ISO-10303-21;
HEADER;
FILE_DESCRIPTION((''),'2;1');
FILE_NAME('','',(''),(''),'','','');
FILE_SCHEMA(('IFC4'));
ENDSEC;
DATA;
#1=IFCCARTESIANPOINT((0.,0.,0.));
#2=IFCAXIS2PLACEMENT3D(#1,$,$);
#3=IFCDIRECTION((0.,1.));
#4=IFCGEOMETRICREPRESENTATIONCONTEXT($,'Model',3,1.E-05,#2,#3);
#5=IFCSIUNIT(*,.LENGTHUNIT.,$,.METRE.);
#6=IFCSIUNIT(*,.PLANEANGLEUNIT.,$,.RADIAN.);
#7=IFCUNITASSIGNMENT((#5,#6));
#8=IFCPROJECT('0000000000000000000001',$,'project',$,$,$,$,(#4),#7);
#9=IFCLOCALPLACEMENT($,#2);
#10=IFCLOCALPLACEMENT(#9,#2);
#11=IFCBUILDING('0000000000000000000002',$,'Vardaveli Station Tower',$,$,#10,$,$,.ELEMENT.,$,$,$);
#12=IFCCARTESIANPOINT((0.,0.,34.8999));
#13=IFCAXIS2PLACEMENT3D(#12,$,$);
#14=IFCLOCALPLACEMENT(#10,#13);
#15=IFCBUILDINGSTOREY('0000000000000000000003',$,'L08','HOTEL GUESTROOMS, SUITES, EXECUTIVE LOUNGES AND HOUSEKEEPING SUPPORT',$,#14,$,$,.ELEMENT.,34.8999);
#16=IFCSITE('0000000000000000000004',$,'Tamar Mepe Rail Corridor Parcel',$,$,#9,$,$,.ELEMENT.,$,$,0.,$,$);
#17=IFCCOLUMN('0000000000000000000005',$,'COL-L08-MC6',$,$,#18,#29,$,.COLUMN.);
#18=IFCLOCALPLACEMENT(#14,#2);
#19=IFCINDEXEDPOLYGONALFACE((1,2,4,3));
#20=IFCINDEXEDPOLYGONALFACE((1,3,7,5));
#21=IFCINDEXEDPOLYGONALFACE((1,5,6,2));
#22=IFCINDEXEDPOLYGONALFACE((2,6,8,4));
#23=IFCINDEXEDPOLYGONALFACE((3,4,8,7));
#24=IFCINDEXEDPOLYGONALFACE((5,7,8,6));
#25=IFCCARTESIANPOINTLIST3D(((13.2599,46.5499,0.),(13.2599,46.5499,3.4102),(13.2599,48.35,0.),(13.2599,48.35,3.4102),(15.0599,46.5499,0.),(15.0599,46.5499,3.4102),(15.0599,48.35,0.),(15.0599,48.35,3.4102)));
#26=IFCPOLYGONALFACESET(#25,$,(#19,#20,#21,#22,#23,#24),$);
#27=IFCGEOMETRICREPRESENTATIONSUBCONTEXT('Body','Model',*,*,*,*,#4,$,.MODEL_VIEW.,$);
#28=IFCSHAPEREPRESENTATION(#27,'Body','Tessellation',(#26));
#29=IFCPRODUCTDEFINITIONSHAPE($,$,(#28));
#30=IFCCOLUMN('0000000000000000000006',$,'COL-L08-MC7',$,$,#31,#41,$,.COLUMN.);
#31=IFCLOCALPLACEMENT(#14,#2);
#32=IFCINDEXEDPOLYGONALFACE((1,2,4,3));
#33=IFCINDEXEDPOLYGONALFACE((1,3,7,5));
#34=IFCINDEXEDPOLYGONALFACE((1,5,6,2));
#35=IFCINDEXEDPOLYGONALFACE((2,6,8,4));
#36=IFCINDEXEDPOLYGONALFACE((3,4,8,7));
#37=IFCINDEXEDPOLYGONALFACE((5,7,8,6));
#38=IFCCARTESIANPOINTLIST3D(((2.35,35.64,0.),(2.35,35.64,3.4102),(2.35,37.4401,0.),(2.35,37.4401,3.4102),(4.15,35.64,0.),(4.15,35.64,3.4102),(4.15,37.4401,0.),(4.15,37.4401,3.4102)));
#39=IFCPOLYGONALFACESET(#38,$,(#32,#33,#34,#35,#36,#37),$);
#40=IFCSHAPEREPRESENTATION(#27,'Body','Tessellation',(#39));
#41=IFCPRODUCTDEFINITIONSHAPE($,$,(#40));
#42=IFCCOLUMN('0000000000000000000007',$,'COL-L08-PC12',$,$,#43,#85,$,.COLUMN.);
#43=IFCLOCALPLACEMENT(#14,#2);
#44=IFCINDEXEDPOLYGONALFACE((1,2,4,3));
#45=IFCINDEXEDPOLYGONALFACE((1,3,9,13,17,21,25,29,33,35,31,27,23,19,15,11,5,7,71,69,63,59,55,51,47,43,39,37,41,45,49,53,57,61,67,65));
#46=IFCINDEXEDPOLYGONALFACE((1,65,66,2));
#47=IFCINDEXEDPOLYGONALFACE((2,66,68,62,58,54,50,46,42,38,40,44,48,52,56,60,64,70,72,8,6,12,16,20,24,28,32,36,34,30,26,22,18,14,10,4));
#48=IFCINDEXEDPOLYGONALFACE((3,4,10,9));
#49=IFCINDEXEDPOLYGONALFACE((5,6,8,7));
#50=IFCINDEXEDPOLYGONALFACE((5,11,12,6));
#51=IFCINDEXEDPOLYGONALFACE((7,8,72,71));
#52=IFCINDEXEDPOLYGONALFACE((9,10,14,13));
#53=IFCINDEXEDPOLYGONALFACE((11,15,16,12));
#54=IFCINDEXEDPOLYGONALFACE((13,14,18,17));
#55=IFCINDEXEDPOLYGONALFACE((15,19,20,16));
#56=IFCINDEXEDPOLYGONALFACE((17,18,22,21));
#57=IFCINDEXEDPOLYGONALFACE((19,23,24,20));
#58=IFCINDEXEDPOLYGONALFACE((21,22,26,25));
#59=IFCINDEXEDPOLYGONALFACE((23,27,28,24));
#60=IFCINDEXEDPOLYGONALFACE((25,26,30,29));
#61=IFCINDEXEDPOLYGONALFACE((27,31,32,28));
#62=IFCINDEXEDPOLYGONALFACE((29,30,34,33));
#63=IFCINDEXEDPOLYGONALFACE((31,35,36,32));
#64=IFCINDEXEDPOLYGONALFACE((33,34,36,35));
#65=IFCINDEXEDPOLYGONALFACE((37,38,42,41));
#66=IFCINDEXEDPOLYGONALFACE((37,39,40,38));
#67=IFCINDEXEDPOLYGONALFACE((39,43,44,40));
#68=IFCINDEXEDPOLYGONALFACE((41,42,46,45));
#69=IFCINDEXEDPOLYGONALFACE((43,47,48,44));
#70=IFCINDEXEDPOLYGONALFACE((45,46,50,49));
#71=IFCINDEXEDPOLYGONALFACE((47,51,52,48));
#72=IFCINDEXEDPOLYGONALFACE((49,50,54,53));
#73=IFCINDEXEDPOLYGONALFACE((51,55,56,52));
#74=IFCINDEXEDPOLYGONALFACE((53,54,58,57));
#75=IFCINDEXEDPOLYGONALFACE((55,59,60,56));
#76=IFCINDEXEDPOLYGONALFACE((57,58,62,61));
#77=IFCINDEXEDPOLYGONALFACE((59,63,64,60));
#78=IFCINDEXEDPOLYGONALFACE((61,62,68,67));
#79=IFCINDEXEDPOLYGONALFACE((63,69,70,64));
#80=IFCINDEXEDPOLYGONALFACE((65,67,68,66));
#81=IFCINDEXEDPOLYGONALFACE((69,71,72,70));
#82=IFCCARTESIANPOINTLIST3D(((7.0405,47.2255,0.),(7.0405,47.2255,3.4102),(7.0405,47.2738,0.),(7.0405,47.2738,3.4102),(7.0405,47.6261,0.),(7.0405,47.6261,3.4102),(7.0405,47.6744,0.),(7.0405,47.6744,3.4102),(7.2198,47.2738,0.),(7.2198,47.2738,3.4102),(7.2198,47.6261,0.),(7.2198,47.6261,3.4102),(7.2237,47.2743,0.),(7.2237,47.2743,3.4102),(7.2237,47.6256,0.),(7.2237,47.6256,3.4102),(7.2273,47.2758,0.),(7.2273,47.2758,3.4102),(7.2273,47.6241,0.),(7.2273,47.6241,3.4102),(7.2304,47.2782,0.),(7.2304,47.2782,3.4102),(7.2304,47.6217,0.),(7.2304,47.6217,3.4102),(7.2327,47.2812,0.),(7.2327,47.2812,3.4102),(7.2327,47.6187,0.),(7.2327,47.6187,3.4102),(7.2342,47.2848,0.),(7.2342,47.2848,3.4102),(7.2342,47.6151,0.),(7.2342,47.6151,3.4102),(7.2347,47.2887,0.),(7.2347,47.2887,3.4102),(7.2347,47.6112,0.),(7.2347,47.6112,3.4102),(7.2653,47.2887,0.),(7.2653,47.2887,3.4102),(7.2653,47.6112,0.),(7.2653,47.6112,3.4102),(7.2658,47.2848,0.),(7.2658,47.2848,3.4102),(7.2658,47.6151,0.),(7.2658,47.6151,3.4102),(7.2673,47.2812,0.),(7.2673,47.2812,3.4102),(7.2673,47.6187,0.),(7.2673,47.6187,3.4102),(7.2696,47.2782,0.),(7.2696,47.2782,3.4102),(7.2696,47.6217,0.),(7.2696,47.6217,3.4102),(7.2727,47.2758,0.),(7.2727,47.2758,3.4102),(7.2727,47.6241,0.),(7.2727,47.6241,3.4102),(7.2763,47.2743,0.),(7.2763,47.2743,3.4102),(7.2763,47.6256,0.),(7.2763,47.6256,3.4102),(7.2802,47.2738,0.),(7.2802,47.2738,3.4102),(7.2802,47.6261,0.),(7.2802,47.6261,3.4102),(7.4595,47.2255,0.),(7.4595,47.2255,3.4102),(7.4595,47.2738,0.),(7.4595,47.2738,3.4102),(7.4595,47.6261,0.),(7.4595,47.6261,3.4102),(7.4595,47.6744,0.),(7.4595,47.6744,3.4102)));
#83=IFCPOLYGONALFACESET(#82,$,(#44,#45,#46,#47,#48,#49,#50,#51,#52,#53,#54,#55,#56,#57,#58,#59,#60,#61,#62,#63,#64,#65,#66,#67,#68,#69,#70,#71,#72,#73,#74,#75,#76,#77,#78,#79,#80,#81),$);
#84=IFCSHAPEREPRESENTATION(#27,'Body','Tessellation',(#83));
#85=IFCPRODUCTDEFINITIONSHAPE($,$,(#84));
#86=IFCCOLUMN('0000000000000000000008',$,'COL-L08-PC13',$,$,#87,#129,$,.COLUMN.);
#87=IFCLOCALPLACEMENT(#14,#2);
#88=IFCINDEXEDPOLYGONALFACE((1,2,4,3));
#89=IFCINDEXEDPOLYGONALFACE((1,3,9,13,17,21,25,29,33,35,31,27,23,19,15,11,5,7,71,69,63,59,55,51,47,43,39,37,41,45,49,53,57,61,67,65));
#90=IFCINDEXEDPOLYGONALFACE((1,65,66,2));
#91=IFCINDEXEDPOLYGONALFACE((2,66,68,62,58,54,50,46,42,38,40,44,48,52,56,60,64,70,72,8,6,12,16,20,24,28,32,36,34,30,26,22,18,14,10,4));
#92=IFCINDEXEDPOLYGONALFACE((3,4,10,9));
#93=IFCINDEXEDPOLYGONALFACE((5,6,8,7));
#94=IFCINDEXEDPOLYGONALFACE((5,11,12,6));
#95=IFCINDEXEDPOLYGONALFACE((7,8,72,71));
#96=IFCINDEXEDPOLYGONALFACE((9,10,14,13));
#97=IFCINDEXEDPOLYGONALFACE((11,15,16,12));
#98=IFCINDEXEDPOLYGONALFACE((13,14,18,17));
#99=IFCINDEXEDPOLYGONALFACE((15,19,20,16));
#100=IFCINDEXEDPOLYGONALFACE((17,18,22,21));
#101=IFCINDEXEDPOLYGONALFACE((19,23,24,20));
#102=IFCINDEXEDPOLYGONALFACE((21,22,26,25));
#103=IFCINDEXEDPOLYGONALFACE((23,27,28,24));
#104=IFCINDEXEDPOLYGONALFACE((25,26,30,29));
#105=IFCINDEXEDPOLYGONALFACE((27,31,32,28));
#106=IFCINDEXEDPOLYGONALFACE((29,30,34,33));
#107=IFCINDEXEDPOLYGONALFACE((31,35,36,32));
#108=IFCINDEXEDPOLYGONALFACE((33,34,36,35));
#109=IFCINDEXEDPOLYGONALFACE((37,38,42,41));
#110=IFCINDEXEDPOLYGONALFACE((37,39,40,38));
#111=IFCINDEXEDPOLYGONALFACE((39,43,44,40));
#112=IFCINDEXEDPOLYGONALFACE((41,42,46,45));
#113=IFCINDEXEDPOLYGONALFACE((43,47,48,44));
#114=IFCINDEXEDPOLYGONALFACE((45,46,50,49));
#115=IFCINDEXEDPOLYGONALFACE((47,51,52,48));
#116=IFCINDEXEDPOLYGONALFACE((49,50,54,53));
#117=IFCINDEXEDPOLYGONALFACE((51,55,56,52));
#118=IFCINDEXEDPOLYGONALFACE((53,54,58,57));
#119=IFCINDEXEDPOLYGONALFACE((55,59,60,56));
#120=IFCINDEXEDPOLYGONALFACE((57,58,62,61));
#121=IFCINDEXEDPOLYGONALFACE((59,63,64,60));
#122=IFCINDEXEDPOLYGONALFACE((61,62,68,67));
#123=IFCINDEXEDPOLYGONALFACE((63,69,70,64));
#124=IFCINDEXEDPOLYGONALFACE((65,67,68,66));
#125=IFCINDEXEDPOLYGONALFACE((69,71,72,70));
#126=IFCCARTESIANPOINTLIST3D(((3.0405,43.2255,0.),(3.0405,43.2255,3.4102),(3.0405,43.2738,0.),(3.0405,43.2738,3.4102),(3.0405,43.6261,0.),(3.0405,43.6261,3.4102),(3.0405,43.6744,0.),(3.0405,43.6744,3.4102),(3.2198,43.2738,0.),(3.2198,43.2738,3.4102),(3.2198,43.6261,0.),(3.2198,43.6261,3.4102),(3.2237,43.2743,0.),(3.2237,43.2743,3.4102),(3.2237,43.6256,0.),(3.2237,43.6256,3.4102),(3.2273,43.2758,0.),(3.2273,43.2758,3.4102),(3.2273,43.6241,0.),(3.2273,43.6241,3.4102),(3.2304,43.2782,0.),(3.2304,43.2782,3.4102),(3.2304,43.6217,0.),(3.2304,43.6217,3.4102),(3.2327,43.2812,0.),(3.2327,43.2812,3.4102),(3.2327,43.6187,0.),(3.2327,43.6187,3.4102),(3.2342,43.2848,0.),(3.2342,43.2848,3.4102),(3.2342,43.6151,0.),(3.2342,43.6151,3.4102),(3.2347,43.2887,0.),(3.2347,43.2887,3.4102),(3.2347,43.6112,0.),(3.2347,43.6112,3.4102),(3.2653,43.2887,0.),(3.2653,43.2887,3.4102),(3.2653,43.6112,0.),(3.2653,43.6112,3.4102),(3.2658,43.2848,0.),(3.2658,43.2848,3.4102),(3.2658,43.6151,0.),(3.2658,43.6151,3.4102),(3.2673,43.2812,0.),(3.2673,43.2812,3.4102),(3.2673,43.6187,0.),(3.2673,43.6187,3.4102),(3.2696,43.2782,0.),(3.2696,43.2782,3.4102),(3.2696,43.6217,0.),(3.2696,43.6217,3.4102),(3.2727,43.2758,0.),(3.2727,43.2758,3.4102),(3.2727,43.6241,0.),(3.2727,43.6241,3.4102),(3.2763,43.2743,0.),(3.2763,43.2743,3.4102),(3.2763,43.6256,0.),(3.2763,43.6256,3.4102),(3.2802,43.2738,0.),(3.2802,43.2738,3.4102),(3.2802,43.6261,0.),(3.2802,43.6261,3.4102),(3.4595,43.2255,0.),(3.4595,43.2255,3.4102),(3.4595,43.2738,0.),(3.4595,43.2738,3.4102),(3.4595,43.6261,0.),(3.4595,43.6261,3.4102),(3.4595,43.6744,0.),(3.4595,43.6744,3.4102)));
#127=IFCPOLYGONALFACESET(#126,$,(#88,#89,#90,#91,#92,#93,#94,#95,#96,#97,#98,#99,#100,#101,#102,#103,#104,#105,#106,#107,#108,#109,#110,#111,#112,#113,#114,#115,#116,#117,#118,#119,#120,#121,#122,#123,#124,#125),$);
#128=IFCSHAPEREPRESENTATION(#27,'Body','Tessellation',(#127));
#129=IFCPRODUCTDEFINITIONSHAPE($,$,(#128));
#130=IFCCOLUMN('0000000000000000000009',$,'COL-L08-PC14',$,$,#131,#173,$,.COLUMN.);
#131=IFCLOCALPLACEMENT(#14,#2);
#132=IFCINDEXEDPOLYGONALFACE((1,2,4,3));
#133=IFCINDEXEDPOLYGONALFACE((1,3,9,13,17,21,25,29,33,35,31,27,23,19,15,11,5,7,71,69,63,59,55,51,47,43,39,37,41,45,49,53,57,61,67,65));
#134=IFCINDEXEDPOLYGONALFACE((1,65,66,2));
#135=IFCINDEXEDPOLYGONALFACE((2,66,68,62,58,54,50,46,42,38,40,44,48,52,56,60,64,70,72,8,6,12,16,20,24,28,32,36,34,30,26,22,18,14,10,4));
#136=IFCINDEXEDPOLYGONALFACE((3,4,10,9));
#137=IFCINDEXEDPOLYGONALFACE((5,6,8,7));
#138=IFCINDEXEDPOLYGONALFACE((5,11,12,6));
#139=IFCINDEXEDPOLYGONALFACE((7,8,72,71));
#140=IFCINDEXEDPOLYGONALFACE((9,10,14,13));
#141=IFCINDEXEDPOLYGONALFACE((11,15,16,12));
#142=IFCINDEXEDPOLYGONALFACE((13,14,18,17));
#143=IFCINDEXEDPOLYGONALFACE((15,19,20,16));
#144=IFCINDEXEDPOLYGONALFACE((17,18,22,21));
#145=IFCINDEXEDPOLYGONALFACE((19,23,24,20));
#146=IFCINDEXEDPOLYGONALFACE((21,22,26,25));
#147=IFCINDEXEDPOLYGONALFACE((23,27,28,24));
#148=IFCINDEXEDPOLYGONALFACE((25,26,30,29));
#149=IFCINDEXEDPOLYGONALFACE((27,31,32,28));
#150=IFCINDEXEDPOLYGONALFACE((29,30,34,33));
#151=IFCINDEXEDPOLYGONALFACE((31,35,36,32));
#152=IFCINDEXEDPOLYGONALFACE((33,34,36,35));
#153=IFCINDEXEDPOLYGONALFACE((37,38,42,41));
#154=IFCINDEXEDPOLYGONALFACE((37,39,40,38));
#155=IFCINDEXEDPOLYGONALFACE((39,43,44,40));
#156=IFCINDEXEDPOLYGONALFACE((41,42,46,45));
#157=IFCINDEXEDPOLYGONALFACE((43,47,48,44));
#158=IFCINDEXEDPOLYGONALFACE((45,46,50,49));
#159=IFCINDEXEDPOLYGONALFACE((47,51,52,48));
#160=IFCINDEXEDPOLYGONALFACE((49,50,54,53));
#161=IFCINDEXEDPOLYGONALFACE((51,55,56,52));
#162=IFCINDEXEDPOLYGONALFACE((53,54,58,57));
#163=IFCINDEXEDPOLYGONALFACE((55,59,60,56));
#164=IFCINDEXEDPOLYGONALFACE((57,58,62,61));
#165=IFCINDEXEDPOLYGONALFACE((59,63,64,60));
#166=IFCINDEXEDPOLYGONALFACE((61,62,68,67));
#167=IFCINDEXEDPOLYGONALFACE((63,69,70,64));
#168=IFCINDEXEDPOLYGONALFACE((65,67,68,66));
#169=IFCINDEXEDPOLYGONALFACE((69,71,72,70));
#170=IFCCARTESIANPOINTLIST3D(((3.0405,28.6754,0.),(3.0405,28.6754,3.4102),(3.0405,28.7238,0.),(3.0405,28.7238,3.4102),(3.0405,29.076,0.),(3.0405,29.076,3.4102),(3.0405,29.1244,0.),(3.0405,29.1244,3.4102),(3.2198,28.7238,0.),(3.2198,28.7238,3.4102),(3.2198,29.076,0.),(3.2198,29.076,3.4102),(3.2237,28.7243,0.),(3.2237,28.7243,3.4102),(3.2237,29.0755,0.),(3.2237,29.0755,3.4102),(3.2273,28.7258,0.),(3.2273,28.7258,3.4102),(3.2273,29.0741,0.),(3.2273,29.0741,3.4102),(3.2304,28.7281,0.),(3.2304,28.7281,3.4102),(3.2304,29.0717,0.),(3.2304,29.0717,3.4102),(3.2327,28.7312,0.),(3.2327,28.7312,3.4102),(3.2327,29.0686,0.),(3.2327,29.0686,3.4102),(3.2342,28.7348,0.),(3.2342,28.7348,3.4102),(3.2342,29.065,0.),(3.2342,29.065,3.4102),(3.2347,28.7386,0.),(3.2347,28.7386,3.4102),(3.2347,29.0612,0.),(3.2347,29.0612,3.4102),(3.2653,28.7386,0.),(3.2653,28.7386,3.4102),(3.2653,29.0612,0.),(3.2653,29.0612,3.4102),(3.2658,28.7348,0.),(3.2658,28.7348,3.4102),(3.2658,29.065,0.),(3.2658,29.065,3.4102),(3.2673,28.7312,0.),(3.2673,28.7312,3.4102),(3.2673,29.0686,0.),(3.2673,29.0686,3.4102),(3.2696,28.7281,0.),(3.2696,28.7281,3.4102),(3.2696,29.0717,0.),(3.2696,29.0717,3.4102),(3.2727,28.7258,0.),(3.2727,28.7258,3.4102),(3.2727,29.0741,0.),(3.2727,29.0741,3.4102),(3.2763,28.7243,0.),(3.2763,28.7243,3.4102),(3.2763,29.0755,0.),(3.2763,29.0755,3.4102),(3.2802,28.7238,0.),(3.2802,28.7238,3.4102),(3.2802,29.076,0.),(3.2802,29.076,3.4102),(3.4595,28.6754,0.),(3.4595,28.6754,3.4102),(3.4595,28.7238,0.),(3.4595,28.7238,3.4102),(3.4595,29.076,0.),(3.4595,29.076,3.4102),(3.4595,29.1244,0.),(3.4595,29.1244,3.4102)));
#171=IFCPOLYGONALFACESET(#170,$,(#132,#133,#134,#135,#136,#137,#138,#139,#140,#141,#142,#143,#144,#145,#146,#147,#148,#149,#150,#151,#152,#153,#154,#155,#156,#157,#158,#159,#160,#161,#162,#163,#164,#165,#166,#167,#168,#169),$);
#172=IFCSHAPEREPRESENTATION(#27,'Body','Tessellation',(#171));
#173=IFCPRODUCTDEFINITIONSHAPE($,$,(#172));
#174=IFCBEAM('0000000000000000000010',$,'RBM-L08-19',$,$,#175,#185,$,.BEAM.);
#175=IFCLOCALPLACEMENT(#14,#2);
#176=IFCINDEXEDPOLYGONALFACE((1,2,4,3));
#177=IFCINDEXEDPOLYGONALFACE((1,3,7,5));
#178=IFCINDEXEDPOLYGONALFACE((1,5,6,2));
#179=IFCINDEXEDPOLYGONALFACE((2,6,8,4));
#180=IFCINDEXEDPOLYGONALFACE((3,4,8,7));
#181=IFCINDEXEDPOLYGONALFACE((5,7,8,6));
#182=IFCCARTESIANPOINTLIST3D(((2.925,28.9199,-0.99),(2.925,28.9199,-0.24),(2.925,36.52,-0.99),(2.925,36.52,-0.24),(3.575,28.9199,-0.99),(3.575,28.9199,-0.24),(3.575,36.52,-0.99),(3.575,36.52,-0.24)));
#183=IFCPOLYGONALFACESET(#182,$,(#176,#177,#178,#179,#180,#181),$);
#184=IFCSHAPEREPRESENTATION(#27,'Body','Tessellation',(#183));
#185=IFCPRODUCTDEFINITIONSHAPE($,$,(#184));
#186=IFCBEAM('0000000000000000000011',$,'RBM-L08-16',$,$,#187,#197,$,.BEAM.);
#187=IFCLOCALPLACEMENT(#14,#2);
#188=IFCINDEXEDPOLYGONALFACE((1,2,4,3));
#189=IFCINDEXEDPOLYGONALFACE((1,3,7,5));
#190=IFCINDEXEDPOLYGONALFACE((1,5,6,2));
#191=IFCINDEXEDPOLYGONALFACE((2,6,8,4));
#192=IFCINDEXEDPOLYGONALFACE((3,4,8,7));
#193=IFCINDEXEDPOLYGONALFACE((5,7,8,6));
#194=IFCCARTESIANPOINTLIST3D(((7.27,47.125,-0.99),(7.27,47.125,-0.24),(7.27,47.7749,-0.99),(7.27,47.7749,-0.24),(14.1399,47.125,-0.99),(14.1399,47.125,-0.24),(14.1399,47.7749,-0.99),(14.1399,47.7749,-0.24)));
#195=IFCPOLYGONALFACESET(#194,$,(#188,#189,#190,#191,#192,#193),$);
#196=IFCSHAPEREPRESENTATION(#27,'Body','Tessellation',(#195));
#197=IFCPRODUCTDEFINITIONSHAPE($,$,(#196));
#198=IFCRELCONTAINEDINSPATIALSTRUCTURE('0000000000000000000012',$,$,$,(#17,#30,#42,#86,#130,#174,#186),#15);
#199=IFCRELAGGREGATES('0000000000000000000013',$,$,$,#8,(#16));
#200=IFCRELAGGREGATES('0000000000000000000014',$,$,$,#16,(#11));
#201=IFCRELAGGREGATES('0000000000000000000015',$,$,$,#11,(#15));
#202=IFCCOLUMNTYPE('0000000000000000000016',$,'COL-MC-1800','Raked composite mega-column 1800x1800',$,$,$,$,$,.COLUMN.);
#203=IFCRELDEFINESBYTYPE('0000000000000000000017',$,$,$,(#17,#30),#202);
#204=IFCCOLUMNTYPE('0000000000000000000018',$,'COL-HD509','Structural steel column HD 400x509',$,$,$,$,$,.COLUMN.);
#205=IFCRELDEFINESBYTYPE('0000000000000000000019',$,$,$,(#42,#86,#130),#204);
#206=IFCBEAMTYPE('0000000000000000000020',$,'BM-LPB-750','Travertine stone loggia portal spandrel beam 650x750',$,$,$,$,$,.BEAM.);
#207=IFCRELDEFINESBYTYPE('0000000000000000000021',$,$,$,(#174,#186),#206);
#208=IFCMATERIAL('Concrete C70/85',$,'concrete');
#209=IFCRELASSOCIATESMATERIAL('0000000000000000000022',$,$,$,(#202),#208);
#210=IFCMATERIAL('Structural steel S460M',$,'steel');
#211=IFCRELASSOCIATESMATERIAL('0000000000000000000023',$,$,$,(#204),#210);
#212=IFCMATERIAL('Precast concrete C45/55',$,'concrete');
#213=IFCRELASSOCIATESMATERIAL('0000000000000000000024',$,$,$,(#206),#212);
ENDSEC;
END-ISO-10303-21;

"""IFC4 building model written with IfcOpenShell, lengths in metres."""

from ifc_helpers import new_model, si_unit, direction, frame, origin, origin_2d, place, context, subcontext, project, spatial, rectangle, i_section, extrude, source, transform, mapped, material, material_profile, profile_set, type_object, element, save


model = new_model("IFC4")

# Units and contexts
model_context = context("Model", 3, precision=1e-05, world=origin(), true_north=direction((0.0, 1.0)))
body_context = subcontext(model_context, "Body", "Model", "MODEL_VIEW")
ifc_project = project(units=[si_unit("LENGTHUNIT", "METRE"), si_unit("PLANEANGLEUNIT", "RADIAN")], contexts=[model_context])

# Site, building, storey
site_placement = place(None, origin())
site = spatial("IfcSite", under=ifc_project, at=site_placement, Name="Tamar Mepe Rail Corridor Parcel", CompositionType="ELEMENT", RefElevation=0.0)
building_placement = place(site_placement, origin())
building = spatial("IfcBuilding", under=site, at=building_placement, Name="Vardaveli Station Tower", CompositionType="ELEMENT")
storey_placement = place(building_placement, frame((0.0, 0.0, 34.8999)))
storey = spatial("IfcBuildingStorey", under=building, at=storey_placement, Name="L08", Description="HOTEL GUESTROOMS, SUITES, EXECUTIVE LOUNGES AND HOUSEKEEPING SUPPORT", CompositionType="ELEMENT", Elevation=34.8999)

# Columns
ifc_material_1 = material(Name="Concrete C70/85", Category="concrete")
ifc_material_profile_1 = material_profile(ifc_material_1, rectangle(XDim=1.8, YDim=1.8, at=origin_2d()), Name="MC 1800x1800")
ifc_profile_set_1 = profile_set([ifc_material_profile_1], Name="Concrete C70/85")
column_type_1 = type_object("IfcColumnType", Name="COL-MC-1800", Description="Raked composite mega-column 1800x1800", PredefinedType="COLUMN", material=ifc_profile_set_1)
shared_shape_1 = source(origin(), body_context, "Body", "SweptSolid", [
    extrude(rectangle(XDim=1.8, YDim=1.8, at=origin_2d()), origin(), (0.0, 0.0, 1.0), 3.4102),
])
for number, where, z_axis, x_axis, name in (
    (1, (14.1599, 47.45, 0.0), (0.0, 0.0, 1.0), (1.0, 0.0, 0.0), "COL-L08-MC6"),
    (2, (3.25, 36.54, 0.0), (0.0, 0.0, 1.0), (1.0, 0.0, 0.0), "COL-L08-MC7"),
):
    element("IfcColumn", number, at=place(storey_placement, frame(where, z_axis=z_axis, x_axis=x_axis)), inside=storey, type_object=column_type_1, Name=name, PredefinedType="COLUMN", context=body_context, shape_type="MappedRepresentation", body=[
        mapped(shared_shape_1, transform((0.0, 0.0, 0.0), scale=1.0)),
    ])
ifc_material_2 = material(Name="Structural steel S460M", Category="steel")
ifc_material_profile_2 = material_profile(ifc_material_2, i_section(OverallWidth=0.4189, OverallDepth=0.449, WebThickness=0.0305, FlangeThickness=0.0483, FilletRadius=0.0149, at=origin_2d()), Name="HD 400x509")
ifc_profile_set_2 = profile_set([ifc_material_profile_2], Name="Structural steel S460M")
column_type_2 = type_object("IfcColumnType", Name="COL-HD509", Description="Structural steel column HD 400x509", PredefinedType="COLUMN", material=ifc_profile_set_2)
shared_shape_2 = source(origin(), body_context, "Body", "SweptSolid", [
    extrude(i_section(OverallWidth=0.4189, OverallDepth=0.449, WebThickness=0.0305, FlangeThickness=0.0483, FilletRadius=0.0149, at=origin_2d()), origin(), (0.0, 0.0, 1.0), 3.4102),
])
for number, where, z_axis, x_axis, name in (
    (3, (7.25, 47.45, 0.0), (0.0, 0.0, 1.0), (1.0, 0.0, 0.0), "COL-L08-PC12"),
    (4, (3.25, 43.45, 0.0), (0.0, 0.0, 1.0), (1.0, 0.0, 0.0), "COL-L08-PC13"),
    (5, (3.25, 28.8999, 0.0), (0.0, 0.0, 1.0), (1.0, 0.0, 0.0), "COL-L08-PC14"),
):
    element("IfcColumn", number, at=place(storey_placement, frame(where, z_axis=z_axis, x_axis=x_axis)), inside=storey, type_object=column_type_2, Name=name, PredefinedType="COLUMN", context=body_context, shape_type="MappedRepresentation", body=[
        mapped(shared_shape_2, transform((0.0, 0.0, 0.0), scale=1.0)),
    ])

# Beams
ifc_material_3 = material(Name="Precast concrete C45/55", Category="concrete")
ifc_material_profile_3 = material_profile(ifc_material_3, rectangle(XDim=0.6499, YDim=0.75, at=origin_2d()), Name="LPB 650x750")
ifc_profile_set_3 = profile_set([ifc_material_profile_3], Name="Precast concrete C45/55")
beam_type = type_object("IfcBeamType", Name="BM-LPB-750", Description="Travertine stone loggia portal spandrel beam 650x750", PredefinedType="BEAM", material=ifc_profile_set_3)
shared_shape_3 = source(origin(), body_context, "Body", "SweptSolid", [
    extrude(rectangle(XDim=0.6499, YDim=0.75, at=origin_2d()), origin(), (0.0, 0.0, 1.0), 7.6001),
])
beam_1_placement = place(storey_placement, frame((3.25, 36.52, -0.615), z_axis=(0.0, -1.0, 0.0), x_axis=(1.0, 0.0, 0.0)))
element("IfcBeam", 6, at=beam_1_placement, inside=storey, type_object=beam_type, Name="RBM-L08-19", PredefinedType="BEAM", context=body_context, shape_type="MappedRepresentation", body=[
    mapped(shared_shape_3, transform((0.0, 0.0, 0.0), scale=1.0)),
])
shared_shape_4 = source(origin(), body_context, "Body", "SweptSolid", [
    extrude(rectangle(XDim=0.6499, YDim=0.75, at=origin_2d()), origin(), (0.0, 0.0, 1.0), 6.8699),
])
for number, where, z_axis, x_axis, name in (
    (7, (14.1399, 47.45, -0.615), (-1.0, 0.0, 0.0), (0.0, -1.0, 0.0), "RBM-L08-16"),
):
    element("IfcBeam", number, at=place(storey_placement, frame(where, z_axis=z_axis, x_axis=x_axis)), inside=storey, type_object=beam_type, Name=name, PredefinedType="BEAM", context=body_context, shape_type="MappedRepresentation", body=[
        mapped(shared_shape_4, transform((0.0, 0.0, 0.0), scale=1.0)),
    ])

save(model, "model.ifc")
